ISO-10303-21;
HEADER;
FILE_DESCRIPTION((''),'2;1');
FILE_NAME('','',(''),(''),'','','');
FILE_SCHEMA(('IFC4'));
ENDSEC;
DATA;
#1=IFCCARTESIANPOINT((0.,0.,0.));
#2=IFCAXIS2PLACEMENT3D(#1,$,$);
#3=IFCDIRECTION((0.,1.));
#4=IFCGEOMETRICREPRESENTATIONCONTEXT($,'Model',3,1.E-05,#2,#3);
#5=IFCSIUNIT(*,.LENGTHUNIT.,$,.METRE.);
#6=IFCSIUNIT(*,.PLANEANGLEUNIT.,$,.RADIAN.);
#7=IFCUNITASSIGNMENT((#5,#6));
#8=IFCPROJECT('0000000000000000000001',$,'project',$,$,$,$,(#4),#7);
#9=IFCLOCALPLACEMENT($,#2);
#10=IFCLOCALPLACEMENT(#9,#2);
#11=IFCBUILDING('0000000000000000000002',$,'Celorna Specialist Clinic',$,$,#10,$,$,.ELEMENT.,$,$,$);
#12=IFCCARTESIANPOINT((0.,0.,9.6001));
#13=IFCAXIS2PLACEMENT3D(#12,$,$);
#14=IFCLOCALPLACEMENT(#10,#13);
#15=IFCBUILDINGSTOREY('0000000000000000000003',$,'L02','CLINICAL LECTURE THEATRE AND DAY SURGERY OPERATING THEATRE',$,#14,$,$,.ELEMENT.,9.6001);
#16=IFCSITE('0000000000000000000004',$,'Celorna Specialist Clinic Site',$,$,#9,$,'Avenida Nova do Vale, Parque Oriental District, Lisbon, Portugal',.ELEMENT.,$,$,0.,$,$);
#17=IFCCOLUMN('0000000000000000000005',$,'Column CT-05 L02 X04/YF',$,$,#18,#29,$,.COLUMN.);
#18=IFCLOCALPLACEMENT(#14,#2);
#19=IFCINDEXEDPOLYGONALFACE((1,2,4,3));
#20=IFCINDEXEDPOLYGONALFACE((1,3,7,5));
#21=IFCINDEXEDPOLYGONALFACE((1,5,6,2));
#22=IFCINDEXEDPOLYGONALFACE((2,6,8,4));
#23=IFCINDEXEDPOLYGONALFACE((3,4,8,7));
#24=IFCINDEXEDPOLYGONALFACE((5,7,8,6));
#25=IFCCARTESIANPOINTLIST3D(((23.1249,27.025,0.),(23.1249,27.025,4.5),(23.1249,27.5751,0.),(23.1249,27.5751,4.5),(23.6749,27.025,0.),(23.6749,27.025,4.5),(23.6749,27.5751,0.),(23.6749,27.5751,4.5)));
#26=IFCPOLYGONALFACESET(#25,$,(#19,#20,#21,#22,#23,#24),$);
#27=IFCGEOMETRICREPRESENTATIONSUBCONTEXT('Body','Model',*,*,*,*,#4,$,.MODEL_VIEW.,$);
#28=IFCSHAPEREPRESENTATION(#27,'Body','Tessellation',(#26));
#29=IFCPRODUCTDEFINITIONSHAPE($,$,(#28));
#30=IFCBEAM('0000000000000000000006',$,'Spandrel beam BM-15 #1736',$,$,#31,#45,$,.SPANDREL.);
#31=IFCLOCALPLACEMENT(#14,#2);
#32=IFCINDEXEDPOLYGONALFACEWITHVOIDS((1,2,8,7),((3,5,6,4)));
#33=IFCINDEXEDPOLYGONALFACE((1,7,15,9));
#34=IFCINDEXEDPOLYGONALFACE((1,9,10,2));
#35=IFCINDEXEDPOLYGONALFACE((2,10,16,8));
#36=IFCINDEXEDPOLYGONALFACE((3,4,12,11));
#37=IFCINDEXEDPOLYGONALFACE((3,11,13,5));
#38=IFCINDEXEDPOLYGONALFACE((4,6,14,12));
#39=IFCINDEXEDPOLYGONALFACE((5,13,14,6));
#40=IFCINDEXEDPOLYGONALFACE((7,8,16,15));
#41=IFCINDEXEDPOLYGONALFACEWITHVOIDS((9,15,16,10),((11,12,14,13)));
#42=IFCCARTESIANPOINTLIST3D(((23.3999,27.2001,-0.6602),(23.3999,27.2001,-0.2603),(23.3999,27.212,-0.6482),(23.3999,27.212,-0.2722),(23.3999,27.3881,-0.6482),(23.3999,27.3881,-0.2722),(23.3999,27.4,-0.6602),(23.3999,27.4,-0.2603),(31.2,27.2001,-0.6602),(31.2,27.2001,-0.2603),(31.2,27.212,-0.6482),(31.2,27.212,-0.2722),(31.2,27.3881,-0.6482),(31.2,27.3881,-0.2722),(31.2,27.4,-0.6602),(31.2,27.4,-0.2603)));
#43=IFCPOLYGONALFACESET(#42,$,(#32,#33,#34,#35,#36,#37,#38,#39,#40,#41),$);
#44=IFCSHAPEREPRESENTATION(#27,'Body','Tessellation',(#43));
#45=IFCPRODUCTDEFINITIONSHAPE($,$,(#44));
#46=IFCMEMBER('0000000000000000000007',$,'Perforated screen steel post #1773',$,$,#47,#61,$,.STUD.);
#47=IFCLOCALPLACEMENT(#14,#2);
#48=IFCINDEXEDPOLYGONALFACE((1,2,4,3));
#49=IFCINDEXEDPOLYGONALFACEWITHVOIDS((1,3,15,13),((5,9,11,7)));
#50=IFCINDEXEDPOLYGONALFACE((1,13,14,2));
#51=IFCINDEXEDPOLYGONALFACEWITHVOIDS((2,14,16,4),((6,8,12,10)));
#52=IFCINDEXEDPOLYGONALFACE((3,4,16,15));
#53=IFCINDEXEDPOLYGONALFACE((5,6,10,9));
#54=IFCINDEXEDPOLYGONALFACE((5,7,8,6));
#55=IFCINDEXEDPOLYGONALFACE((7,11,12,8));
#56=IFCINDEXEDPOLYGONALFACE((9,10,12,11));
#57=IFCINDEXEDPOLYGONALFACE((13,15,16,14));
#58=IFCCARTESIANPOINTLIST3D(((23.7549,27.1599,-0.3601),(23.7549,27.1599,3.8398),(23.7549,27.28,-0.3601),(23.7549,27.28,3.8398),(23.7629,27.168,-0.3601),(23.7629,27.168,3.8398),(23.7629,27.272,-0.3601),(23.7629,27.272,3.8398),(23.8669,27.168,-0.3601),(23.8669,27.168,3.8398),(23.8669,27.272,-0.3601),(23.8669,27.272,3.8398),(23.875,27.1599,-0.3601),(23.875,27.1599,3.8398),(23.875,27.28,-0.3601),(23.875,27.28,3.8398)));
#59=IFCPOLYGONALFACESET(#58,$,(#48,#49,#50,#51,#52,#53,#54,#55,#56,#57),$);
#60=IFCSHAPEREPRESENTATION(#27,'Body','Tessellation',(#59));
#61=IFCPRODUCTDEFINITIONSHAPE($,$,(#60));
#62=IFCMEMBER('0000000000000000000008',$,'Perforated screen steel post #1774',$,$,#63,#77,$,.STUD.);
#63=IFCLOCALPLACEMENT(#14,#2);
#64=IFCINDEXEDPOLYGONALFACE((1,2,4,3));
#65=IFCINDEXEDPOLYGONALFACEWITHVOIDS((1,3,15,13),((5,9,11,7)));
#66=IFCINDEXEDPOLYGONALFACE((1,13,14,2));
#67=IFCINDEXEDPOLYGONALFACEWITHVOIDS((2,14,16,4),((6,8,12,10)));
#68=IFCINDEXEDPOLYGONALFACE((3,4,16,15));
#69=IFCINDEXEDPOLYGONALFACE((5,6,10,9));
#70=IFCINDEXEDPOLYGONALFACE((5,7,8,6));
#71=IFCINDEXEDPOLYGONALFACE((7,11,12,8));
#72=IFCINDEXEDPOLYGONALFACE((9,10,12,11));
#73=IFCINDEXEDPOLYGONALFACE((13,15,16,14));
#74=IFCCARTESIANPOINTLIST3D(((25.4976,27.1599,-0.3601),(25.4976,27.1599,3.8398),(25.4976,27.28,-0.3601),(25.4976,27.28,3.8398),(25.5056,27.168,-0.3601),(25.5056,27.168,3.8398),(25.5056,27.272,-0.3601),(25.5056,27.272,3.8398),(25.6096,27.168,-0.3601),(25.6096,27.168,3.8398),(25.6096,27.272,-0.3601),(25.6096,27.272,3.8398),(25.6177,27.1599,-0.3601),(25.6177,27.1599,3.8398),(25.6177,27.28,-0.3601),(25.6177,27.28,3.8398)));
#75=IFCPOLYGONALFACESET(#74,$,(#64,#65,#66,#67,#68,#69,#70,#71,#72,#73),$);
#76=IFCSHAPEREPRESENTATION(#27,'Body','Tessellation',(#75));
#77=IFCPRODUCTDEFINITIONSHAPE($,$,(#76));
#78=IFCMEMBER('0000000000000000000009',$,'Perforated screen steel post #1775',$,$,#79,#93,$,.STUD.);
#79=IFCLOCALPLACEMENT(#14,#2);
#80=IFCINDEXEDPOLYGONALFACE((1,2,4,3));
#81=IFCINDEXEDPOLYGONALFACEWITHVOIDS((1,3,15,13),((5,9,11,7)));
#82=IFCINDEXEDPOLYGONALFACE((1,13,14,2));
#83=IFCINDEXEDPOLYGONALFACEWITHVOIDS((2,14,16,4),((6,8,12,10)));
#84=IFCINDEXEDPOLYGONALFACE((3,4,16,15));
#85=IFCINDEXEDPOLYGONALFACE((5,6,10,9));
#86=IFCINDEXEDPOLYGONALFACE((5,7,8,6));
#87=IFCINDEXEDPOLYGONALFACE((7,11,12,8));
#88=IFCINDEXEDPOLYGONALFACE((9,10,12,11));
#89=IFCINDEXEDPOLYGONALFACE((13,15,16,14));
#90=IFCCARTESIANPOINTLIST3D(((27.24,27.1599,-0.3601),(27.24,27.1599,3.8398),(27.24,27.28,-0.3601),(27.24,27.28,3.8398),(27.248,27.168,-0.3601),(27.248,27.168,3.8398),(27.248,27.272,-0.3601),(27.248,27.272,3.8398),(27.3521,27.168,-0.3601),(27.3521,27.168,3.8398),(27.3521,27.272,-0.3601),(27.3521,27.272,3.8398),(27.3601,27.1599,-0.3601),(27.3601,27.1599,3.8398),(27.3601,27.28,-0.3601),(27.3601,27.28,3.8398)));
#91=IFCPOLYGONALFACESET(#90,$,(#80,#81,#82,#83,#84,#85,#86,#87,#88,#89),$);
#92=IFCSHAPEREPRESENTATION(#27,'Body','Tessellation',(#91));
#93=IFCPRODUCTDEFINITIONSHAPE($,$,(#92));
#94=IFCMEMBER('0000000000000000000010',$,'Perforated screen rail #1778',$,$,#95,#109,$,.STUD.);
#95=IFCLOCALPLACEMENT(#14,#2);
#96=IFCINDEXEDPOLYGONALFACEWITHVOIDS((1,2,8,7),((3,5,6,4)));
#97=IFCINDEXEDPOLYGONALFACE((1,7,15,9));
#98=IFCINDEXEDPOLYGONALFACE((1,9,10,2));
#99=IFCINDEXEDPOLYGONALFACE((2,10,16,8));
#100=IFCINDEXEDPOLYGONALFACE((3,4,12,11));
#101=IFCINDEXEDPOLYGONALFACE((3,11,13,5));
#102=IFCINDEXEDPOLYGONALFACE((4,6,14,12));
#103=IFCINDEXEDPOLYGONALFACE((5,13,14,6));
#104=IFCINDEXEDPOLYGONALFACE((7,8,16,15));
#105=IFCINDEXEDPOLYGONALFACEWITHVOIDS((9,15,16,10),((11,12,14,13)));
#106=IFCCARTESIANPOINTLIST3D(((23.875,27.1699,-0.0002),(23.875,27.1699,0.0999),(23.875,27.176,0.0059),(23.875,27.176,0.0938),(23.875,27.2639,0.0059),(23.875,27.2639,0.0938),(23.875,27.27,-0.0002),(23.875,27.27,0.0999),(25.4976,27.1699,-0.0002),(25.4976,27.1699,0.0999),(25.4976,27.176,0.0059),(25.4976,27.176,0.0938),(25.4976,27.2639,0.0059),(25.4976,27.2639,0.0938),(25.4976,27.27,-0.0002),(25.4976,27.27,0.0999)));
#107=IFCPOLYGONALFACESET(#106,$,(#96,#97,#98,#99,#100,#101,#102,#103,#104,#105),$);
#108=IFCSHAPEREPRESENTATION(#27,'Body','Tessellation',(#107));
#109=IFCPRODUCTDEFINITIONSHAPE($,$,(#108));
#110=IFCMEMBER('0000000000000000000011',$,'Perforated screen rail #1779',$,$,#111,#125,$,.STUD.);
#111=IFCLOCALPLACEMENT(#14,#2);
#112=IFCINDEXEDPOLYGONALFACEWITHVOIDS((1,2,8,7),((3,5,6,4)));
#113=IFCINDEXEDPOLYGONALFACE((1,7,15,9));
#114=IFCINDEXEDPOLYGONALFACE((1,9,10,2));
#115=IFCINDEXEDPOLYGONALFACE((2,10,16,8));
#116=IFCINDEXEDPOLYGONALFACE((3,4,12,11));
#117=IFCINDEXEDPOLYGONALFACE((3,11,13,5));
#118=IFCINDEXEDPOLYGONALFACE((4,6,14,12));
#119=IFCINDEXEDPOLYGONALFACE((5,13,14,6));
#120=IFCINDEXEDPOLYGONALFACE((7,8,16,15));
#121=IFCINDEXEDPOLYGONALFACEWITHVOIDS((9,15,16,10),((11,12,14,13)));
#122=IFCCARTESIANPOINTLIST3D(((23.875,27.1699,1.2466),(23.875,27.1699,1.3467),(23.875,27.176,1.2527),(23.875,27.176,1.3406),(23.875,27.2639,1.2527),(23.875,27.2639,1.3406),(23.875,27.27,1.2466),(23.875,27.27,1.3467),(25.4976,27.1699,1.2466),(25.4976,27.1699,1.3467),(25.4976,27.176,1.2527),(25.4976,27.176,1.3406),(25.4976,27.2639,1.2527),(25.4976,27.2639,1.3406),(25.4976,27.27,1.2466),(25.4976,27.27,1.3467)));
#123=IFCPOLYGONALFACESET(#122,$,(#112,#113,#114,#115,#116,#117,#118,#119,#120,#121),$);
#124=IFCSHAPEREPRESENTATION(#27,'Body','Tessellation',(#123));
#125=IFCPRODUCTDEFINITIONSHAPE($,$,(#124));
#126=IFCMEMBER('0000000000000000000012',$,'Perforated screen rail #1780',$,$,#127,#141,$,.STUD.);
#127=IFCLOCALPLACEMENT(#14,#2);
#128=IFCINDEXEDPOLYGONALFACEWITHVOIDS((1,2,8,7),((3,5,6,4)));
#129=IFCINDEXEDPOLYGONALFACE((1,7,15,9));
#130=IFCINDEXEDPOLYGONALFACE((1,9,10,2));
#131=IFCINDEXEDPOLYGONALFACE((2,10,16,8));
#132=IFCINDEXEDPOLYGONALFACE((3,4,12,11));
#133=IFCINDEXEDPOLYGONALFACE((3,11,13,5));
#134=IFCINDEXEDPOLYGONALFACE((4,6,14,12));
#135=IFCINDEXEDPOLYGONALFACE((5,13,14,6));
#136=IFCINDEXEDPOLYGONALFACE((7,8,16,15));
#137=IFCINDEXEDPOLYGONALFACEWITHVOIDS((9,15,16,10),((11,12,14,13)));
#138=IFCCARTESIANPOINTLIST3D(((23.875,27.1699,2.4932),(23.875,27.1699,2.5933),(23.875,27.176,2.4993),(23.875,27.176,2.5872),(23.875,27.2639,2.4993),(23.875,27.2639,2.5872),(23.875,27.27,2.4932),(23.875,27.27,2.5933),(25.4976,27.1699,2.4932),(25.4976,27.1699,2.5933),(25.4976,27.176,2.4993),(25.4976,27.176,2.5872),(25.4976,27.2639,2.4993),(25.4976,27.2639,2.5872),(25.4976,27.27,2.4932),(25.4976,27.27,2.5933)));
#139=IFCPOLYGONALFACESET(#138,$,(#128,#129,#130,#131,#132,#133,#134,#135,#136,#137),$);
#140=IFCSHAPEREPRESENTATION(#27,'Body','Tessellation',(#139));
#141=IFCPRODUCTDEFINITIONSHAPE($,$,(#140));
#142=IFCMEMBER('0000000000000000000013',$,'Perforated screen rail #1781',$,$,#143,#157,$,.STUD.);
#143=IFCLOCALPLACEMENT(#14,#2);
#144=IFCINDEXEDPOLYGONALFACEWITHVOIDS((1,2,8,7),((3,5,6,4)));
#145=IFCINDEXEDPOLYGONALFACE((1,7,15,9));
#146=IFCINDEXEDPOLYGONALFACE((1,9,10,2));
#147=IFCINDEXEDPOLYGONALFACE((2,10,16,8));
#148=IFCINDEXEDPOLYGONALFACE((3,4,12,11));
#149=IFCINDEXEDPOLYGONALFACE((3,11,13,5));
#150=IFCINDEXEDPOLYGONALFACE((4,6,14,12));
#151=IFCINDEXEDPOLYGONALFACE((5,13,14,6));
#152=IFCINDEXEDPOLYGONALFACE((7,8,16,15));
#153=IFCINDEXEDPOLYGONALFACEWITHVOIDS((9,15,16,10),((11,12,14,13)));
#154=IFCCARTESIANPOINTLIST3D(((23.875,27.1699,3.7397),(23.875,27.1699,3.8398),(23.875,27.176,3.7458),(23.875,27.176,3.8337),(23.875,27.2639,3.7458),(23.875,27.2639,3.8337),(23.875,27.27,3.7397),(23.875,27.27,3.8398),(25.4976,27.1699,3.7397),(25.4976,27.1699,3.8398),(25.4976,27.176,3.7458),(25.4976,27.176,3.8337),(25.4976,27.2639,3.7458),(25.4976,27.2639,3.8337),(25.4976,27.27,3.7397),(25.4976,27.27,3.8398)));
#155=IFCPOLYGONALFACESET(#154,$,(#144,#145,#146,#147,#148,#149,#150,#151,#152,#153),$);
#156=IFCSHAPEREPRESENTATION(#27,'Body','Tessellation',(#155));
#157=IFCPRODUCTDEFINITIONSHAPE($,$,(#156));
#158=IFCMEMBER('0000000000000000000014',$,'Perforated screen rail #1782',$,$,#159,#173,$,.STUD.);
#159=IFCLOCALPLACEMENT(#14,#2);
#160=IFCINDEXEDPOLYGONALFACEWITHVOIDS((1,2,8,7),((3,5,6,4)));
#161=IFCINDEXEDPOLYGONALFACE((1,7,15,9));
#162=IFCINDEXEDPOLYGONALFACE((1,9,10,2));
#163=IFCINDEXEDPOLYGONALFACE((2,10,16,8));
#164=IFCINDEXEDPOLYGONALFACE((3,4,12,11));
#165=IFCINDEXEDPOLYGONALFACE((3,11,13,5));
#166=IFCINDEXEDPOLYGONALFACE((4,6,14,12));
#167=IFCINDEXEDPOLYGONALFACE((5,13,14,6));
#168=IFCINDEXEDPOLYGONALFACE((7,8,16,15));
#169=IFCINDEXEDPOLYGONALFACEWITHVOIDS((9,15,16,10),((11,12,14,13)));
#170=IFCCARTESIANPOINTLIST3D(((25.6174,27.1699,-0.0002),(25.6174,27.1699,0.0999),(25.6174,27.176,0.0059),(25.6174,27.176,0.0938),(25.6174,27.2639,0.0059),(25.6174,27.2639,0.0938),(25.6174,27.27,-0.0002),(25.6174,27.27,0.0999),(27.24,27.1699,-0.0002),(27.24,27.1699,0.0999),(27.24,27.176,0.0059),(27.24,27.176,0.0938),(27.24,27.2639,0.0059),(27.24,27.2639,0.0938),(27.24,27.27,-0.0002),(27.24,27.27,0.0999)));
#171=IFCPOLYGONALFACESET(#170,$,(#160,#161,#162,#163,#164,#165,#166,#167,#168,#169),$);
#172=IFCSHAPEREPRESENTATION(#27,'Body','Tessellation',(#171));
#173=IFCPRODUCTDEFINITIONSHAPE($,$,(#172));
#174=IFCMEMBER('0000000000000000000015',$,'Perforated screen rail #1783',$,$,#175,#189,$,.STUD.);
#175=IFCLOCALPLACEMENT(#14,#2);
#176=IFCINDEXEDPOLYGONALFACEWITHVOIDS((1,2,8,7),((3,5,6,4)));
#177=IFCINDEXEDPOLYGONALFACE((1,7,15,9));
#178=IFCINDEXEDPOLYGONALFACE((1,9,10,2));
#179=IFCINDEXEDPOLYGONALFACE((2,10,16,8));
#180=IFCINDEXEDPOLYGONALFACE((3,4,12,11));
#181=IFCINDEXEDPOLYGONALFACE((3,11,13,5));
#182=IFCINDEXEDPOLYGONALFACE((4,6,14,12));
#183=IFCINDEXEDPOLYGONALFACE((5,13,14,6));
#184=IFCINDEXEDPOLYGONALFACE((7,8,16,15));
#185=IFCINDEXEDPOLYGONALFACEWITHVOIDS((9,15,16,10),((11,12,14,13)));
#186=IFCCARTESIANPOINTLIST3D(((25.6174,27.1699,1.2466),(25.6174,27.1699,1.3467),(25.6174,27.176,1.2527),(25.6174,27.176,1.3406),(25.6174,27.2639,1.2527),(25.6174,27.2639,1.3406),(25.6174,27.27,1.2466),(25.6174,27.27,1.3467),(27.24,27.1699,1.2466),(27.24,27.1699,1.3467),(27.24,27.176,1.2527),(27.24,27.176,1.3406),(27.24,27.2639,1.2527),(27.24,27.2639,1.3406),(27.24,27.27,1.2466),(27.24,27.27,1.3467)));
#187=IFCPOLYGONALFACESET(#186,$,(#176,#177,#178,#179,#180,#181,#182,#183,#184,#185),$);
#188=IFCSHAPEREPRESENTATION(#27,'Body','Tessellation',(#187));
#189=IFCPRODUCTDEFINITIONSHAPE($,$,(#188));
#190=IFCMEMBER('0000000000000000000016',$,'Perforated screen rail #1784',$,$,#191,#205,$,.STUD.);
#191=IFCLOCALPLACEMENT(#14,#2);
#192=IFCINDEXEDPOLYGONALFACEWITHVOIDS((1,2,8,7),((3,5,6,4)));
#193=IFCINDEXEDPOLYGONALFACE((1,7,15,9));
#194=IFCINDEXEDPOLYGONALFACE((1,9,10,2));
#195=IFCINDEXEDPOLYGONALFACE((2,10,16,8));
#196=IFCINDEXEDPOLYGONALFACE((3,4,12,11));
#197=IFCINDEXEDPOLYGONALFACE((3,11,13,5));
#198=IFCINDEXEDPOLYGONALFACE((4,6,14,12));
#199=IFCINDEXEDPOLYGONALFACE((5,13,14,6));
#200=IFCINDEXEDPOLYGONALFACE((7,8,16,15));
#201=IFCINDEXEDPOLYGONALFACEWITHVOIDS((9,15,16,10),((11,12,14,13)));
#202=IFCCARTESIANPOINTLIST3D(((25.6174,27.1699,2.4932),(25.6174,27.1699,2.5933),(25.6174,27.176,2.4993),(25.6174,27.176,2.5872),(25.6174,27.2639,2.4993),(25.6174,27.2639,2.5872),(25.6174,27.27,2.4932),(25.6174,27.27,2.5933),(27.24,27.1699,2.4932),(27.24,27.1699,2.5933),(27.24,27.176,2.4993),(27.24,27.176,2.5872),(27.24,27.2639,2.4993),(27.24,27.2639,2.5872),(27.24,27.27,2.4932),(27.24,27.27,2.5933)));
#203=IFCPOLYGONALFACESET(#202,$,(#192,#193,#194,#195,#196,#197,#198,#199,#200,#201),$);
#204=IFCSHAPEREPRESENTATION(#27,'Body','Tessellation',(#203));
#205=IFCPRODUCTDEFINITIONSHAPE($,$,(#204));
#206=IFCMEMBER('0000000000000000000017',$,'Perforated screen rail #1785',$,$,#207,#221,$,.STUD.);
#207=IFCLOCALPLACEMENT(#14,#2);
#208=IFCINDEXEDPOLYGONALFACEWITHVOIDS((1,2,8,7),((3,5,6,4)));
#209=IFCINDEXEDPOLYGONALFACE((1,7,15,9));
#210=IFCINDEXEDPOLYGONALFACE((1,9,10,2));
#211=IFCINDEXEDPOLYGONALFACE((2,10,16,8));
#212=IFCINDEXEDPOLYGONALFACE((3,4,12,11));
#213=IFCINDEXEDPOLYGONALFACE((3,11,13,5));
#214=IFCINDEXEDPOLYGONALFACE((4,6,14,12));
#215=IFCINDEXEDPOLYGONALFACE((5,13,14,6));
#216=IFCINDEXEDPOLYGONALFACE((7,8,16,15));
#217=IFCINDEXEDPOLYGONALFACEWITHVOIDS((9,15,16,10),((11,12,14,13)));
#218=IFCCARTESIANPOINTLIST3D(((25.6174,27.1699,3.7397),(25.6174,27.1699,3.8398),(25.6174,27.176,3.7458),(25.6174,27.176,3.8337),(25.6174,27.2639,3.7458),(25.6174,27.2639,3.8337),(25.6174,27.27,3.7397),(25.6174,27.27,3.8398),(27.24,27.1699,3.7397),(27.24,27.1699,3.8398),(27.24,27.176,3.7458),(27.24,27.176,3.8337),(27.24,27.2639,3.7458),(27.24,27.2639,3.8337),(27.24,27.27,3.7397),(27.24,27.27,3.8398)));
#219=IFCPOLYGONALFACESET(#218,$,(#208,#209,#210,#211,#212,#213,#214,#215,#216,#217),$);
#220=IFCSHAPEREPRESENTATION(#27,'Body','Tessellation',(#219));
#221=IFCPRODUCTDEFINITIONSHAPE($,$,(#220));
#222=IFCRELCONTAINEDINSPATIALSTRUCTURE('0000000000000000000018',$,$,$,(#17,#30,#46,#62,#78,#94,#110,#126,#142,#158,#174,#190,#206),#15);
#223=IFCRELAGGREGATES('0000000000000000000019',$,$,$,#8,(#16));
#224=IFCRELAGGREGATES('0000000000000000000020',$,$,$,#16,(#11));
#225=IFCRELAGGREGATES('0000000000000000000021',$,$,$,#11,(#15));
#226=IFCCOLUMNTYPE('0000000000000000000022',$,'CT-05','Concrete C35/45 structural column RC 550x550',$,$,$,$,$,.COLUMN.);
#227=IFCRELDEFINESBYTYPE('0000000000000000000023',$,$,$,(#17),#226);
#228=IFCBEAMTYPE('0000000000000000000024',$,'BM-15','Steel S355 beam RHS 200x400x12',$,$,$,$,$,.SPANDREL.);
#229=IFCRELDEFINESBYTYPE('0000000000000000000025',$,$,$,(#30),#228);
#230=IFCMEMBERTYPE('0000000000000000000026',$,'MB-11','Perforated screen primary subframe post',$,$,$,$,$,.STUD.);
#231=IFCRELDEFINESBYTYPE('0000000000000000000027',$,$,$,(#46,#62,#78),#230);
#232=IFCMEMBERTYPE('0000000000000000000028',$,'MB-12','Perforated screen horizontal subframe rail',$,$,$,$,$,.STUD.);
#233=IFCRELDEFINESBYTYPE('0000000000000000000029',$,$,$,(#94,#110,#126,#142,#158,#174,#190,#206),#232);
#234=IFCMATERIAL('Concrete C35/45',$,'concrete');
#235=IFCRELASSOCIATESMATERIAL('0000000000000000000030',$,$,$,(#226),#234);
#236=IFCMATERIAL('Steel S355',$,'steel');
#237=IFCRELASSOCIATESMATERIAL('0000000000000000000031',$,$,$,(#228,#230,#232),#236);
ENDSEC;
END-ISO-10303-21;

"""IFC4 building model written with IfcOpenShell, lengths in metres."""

from ifc_helpers import new_model, si_unit, direction, frame, origin, origin_2d, place, context, subcontext, project, spatial, rectangle, hollow_rectangle, extrude, material, material_profile, profile_set, type_object, element, save


model = new_model("IFC4")

# Units and contexts
model_context = context("Model", 3, precision=1e-05, world=origin(), true_north=direction((0.0, 1.0)))
body_context = subcontext(model_context, "Body", "Model", "MODEL_VIEW")
ifc_project = project(units=[si_unit("LENGTHUNIT", "METRE"), si_unit("PLANEANGLEUNIT", "RADIAN")], contexts=[model_context])

# Site, building, storey
site_placement = place(None, origin())
site = spatial("IfcSite", under=ifc_project, at=site_placement, Name="Celorna Specialist Clinic Site", LongName="Avenida Nova do Vale, Parque Oriental District, Lisbon, Portugal", CompositionType="ELEMENT", RefElevation=0.0)
building_placement = place(site_placement, origin())
building = spatial("IfcBuilding", under=site, at=building_placement, Name="Celorna Specialist Clinic", CompositionType="ELEMENT")
storey_placement = place(building_placement, frame((0.0, 0.0, 9.6001)))
storey = spatial("IfcBuildingStorey", under=building, at=storey_placement, Name="L02", Description="CLINICAL LECTURE THEATRE AND DAY SURGERY OPERATING THEATRE", CompositionType="ELEMENT", Elevation=9.6001)

# Column
ifc_material_1 = material(Name="Concrete C35/45", Category="concrete")
ifc_material_profile_1 = material_profile(ifc_material_1, rectangle(XDim=0.55, YDim=0.55, at=origin_2d()), Name="RC 550x550")
ifc_profile_set_1 = profile_set([ifc_material_profile_1], Name="Concrete C35/45")
column_type = type_object("IfcColumnType", Name="CT-05", Description="Concrete C35/45 structural column RC 550x550", PredefinedType="COLUMN", material=ifc_profile_set_1)
column_placement = place(storey_placement, frame((23.3999, 27.3, 0.0), z_axis=(0.0, 0.0, 1.0), x_axis=(1.0, 0.0, 0.0)))
element("IfcColumn", 1, at=column_placement, inside=storey, type_object=column_type, Name="Column CT-05 L02 X04/YF", PredefinedType="COLUMN", context=body_context, shape_type="SweptSolid", body=[
    extrude(rectangle(XDim=0.55, YDim=0.55, at=origin_2d()), origin(), (0.0, 0.0, 1.0), 4.5),
])

# Beam
ifc_material_2 = material(Name="Steel S355", Category="steel")
ifc_material_profile_2 = material_profile(ifc_material_2, hollow_rectangle(XDim=0.2, YDim=0.3999, WallThickness=0.012, at=origin_2d()), Name="RHS 200x400x12")
ifc_profile_set_2 = profile_set([ifc_material_profile_2], Name="Steel S355")
beam_type = type_object("IfcBeamType", Name="BM-15", Description="Steel S355 beam RHS 200x400x12", PredefinedType="SPANDREL", material=ifc_profile_set_2)
beam_placement = place(storey_placement, frame((23.3999, 27.3, -0.4602), z_axis=(1.0, 0.0, 0.0), x_axis=(0.0, 1.0, 0.0)))
element("IfcBeam", 2, at=beam_placement, inside=storey, type_object=beam_type, Name="Spandrel beam BM-15 #1736", PredefinedType="SPANDREL", context=body_context, shape_type="SweptSolid", body=[
    extrude(hollow_rectangle(XDim=0.2, YDim=0.3999, WallThickness=0.012, at=origin_2d()), origin(), (0.0, 0.0, 1.0), 7.8),
])

# Members
ifc_material_profile_3 = material_profile(ifc_material_2, hollow_rectangle(XDim=0.1201, YDim=0.1201, WallThickness=0.0081, at=origin_2d()), Name="SHS 120x120x8")
ifc_profile_set_3 = profile_set([ifc_material_profile_3], Name="Steel S355")
member_type_1 = type_object("IfcMemberType", Name="MB-11", Description="Perforated screen primary subframe post", PredefinedType="STUD", material=ifc_profile_set_3)
for number, where, z_axis, x_axis, name in (
    (3, (23.8149, 27.22, -0.3601), (0.0, 0.0, 1.0), (1.0, 0.0, 0.0), "Perforated screen steel post #1773"),
    (4, (25.5576, 27.22, -0.3601), (0.0, 0.0, 1.0), (1.0, 0.0, 0.0), "Perforated screen steel post #1774"),
    (5, (27.3, 27.22, -0.3601), (0.0, 0.0, 1.0), (1.0, 0.0, 0.0), "Perforated screen steel post #1775"),
):
    element("IfcMember", number, at=place(storey_placement, frame(where, z_axis=z_axis, x_axis=x_axis)), inside=storey, type_object=member_type_1, Name=name, PredefinedType="STUD", context=body_context, shape_type="SweptSolid", body=[
        extrude(hollow_rectangle(XDim=0.1201, YDim=0.1201, WallThickness=0.0081, at=origin_2d()), origin(), (0.0, 0.0, 1.0), 4.2),
    ])
ifc_material_profile_4 = material_profile(ifc_material_2, hollow_rectangle(XDim=0.1001, YDim=0.1001, WallThickness=0.0061, at=origin_2d()), Name="SHS 100x100x6")
ifc_profile_set_4 = profile_set([ifc_material_profile_4], Name="Steel S355")
member_type_2 = type_object("IfcMemberType", Name="MB-12", Description="Perforated screen horizontal subframe rail", PredefinedType="STUD", material=ifc_profile_set_4)
for number, where, z_axis, x_axis, name in (
    (6, (23.875, 27.22, 0.0498), (1.0, 0.0, 0.0), (0.0, 1.0, 0.0), "Perforated screen rail #1778"),
    (7, (23.875, 27.22, 1.2966), (1.0, 0.0, 0.0), (0.0, 1.0, 0.0), "Perforated screen rail #1779"),
    (8, (23.875, 27.22, 2.5432), (1.0, 0.0, 0.0), (0.0, 1.0, 0.0), "Perforated screen rail #1780"),
    (9, (23.875, 27.22, 3.7898), (1.0, 0.0, 0.0), (0.0, 1.0, 0.0), "Perforated screen rail #1781"),
    (10, (25.6174, 27.22, 0.0498), (1.0, 0.0, 0.0), (0.0, 1.0, 0.0), "Perforated screen rail #1782"),
    (11, (25.6174, 27.22, 1.2966), (1.0, 0.0, 0.0), (0.0, 1.0, 0.0), "Perforated screen rail #1783"),
    (12, (25.6174, 27.22, 2.5432), (1.0, 0.0, 0.0), (0.0, 1.0, 0.0), "Perforated screen rail #1784"),
    (13, (25.6174, 27.22, 3.7898), (1.0, 0.0, 0.0), (0.0, 1.0, 0.0), "Perforated screen rail #1785"),
):
    element("IfcMember", number, at=place(storey_placement, frame(where, z_axis=z_axis, x_axis=x_axis)), inside=storey, type_object=member_type_2, Name=name, PredefinedType="STUD", context=body_context, shape_type="SweptSolid", body=[
        extrude(hollow_rectangle(XDim=0.1001, YDim=0.1001, WallThickness=0.0061, at=origin_2d()), origin(), (0.0, 0.0, 1.0), 1.6226),
    ])

save(model, "model.ifc")
